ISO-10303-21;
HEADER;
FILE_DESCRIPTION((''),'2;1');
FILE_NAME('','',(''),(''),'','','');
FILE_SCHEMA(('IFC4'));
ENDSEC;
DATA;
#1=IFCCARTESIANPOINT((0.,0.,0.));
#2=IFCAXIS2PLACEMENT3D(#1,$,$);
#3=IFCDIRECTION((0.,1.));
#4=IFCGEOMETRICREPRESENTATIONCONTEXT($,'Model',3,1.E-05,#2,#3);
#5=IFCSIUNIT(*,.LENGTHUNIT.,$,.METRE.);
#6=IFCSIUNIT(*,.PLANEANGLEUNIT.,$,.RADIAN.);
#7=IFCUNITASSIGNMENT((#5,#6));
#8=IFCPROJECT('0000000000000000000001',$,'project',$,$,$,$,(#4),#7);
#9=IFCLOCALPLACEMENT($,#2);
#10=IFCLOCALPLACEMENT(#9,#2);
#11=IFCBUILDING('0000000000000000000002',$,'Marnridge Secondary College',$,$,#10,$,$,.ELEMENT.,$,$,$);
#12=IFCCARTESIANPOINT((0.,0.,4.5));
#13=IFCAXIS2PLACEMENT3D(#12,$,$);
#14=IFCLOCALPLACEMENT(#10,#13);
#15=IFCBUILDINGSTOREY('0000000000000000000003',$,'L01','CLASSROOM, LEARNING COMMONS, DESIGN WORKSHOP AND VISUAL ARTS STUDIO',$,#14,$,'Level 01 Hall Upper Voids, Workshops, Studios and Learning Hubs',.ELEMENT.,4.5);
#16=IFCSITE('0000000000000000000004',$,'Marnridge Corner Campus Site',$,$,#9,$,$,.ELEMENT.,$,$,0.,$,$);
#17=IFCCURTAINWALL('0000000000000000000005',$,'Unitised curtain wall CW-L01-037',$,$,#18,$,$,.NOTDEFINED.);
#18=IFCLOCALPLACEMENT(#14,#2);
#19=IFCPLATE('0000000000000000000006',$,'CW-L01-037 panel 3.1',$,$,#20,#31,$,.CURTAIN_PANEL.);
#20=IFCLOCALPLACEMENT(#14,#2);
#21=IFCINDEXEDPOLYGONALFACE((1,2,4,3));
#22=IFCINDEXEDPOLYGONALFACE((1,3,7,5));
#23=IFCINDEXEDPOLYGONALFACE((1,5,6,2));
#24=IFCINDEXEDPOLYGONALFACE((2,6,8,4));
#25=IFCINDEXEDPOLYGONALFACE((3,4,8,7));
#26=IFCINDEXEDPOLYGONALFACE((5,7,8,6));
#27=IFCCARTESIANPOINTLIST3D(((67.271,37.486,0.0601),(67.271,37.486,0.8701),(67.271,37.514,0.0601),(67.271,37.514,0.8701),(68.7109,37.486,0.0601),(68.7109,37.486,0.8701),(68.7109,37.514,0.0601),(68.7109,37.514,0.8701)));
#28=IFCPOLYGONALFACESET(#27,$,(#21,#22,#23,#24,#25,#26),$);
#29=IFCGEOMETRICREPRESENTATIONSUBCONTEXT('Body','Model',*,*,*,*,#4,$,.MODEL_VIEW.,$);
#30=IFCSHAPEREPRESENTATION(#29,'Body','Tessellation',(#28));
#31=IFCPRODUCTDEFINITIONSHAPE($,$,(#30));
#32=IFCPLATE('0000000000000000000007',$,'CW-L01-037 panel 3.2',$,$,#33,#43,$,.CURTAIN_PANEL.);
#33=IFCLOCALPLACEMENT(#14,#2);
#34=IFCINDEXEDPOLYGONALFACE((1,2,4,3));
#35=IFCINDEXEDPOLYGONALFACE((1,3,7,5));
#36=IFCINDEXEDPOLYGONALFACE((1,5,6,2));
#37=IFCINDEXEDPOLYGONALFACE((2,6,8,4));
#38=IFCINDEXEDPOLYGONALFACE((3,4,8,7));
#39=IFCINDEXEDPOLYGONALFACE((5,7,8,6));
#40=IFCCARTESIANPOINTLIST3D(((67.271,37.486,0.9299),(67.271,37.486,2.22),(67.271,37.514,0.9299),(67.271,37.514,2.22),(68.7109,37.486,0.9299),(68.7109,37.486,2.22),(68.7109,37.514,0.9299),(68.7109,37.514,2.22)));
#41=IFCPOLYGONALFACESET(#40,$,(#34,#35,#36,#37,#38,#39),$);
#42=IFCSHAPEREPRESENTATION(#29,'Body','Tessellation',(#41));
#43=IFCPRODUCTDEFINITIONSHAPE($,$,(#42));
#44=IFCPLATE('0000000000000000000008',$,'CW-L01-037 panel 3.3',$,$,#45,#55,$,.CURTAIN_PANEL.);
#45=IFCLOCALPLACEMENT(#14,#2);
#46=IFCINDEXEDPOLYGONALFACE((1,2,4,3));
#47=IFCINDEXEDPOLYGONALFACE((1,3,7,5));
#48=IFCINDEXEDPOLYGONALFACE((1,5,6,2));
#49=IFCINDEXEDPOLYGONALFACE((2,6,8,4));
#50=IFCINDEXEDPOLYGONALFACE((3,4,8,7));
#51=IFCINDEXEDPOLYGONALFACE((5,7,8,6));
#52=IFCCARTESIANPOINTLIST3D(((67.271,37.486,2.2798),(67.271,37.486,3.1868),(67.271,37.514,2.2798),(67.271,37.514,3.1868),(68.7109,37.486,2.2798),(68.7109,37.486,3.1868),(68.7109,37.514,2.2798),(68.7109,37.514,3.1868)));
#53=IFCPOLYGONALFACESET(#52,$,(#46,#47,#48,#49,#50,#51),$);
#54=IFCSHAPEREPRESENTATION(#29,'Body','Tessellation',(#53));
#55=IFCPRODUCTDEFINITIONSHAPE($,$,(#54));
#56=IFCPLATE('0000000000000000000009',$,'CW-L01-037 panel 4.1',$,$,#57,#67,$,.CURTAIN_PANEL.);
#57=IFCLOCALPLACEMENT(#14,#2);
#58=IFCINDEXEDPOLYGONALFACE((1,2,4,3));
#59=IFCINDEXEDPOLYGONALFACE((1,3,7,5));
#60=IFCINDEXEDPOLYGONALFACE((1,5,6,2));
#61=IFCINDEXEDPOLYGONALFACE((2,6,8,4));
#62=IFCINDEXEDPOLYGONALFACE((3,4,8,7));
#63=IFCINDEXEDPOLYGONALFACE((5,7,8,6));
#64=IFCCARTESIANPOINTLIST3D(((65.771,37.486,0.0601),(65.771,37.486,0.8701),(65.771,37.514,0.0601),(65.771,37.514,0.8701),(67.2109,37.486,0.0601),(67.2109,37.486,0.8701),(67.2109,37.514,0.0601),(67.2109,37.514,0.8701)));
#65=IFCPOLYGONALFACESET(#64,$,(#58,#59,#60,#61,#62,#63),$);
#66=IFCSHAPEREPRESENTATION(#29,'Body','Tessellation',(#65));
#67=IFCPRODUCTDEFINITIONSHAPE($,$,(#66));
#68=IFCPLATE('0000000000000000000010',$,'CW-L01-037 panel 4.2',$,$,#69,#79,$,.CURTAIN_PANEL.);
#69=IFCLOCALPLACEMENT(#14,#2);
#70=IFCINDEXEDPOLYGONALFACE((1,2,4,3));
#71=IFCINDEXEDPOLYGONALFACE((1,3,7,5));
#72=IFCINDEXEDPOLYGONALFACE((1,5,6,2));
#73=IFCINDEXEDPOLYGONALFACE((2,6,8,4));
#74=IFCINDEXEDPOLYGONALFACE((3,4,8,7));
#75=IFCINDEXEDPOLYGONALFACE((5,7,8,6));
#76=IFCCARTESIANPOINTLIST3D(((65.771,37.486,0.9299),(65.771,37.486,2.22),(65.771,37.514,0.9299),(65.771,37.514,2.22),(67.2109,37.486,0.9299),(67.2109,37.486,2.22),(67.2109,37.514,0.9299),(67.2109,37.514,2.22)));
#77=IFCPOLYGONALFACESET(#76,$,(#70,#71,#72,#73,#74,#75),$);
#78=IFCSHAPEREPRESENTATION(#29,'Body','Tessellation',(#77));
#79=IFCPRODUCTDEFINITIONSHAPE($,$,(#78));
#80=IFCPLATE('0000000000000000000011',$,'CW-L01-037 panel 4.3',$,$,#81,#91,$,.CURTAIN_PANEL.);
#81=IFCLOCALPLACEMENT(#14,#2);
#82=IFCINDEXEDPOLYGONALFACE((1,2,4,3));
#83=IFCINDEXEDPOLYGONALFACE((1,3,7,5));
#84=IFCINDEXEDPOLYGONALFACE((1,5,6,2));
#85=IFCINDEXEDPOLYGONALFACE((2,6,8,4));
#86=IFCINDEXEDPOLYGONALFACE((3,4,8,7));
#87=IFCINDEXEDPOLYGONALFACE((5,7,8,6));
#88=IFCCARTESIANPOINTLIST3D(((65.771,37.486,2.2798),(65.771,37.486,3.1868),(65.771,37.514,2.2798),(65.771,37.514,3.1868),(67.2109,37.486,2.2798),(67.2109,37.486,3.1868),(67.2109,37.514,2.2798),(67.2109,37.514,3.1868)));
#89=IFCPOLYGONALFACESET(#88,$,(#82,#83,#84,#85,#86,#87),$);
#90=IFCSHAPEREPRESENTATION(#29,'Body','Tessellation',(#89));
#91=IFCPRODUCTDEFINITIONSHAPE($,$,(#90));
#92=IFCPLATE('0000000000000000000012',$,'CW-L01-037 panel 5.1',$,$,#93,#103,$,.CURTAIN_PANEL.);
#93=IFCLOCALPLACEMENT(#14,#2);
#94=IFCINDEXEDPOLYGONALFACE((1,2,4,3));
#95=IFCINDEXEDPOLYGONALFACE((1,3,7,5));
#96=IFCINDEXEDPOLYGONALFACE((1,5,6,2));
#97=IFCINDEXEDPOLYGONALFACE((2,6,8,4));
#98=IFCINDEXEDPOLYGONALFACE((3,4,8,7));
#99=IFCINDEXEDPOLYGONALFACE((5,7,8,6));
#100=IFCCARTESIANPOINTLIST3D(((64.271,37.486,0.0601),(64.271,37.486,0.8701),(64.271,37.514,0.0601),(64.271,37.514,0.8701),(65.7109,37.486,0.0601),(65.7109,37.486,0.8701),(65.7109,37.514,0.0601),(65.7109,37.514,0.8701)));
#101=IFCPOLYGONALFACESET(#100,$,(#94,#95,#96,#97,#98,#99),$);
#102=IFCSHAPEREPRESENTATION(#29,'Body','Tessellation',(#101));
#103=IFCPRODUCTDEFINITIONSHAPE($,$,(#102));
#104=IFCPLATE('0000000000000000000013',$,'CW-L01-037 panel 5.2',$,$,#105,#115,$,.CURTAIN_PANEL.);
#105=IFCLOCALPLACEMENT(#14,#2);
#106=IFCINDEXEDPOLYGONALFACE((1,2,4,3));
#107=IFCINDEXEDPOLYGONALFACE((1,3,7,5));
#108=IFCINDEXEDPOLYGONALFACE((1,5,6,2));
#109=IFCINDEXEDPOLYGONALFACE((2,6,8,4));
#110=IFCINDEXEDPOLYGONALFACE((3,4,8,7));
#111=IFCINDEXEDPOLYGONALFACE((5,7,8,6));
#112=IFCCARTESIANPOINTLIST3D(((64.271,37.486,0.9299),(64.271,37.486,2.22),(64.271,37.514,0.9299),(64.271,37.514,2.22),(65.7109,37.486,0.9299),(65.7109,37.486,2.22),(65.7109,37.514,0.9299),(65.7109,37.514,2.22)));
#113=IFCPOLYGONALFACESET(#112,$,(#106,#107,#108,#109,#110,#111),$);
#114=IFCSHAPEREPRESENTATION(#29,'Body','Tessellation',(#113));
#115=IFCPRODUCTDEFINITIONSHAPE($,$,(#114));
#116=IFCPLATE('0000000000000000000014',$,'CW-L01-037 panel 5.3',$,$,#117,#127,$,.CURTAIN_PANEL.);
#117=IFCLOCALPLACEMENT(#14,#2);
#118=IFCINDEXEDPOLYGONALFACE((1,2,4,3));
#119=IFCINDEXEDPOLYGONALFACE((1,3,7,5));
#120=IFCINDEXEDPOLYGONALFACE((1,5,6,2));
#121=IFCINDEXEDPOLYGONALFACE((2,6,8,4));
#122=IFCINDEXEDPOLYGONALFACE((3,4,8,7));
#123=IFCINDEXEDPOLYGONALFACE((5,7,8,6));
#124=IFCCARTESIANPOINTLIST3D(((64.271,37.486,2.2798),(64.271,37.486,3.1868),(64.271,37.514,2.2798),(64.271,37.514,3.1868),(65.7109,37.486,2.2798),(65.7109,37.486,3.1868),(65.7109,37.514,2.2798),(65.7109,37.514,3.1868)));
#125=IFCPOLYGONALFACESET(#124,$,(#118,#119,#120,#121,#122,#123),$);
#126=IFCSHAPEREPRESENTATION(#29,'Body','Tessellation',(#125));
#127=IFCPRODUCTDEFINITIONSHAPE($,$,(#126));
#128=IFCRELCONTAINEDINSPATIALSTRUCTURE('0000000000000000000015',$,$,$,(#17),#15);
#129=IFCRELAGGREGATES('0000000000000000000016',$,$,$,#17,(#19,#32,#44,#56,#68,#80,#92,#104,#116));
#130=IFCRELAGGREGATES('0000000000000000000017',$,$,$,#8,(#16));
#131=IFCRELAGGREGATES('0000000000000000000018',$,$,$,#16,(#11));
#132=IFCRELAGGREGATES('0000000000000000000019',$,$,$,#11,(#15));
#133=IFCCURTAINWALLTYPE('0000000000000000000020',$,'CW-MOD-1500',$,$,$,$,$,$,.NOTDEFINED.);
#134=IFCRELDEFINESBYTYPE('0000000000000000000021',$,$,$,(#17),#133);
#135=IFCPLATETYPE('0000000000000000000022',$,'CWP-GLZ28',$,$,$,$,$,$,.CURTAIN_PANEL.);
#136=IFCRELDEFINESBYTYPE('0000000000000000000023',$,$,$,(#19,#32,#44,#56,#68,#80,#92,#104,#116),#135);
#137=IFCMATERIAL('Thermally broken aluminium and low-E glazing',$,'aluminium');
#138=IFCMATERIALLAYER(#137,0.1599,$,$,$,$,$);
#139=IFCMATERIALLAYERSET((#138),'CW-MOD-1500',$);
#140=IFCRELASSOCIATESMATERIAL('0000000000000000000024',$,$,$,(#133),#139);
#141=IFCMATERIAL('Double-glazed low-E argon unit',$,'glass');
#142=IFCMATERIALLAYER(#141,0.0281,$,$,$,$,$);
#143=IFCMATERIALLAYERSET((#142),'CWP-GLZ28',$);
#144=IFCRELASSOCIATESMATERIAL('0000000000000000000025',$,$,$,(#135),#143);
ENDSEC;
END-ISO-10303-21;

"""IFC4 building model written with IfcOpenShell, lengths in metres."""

from ifc_helpers import new_model, si_unit, direction, frame, origin, origin_2d, place, context, subcontext, project, spatial, rectangle, extrude, material, layer, layer_set, type_object, element, aggregate, save


model = new_model("IFC4")

# Units and contexts
model_context = context("Model", 3, precision=1e-05, world=origin(), true_north=direction((0.0, 1.0)))
body_context = subcontext(model_context, "Body", "Model", "MODEL_VIEW")
ifc_project = project(units=[si_unit("LENGTHUNIT", "METRE"), si_unit("PLANEANGLEUNIT", "RADIAN")], contexts=[model_context])

# Site, building, storey
site_placement = place(None, origin())
site = spatial("IfcSite", under=ifc_project, at=site_placement, Name="Marnridge Corner Campus Site", CompositionType="ELEMENT", RefElevation=0.0)
building_placement = place(site_placement, origin())
building = spatial("IfcBuilding", under=site, at=building_placement, Name="Marnridge Secondary College", CompositionType="ELEMENT")
storey_placement = place(building_placement, frame((0.0, 0.0, 4.5)))
storey = spatial("IfcBuildingStorey", under=building, at=storey_placement, Name="L01", Description="CLASSROOM, LEARNING COMMONS, DESIGN WORKSHOP AND VISUAL ARTS STUDIO", LongName="Level 01 Hall Upper Voids, Workshops, Studios and Learning Hubs", CompositionType="ELEMENT", Elevation=4.5)

# Curtain wall, plates
ifc_material_1 = material(Name="Thermally broken aluminium and low-E glazing", Category="aluminium")
ifc_layer_1 = layer(ifc_material_1, 0.1599)
ifc_layer_set_1 = layer_set([ifc_layer_1], Name="CW-MOD-1500")
curtain_wall_type = type_object("IfcCurtainWallType", Name="CW-MOD-1500", PredefinedType="NOTDEFINED", material=ifc_layer_set_1)
curtain_wall_placement = place(storey_placement, origin())
curtain_wall = element("IfcCurtainWall", 1, at=curtain_wall_placement, inside=storey, type_object=curtain_wall_type, Name="Unitised curtain wall CW-L01-037", PredefinedType="NOTDEFINED")
ifc_material_2 = material(Name="Double-glazed low-E argon unit", Category="glass")
ifc_layer_2 = layer(ifc_material_2, 0.0281)
ifc_layer_set_2 = layer_set([ifc_layer_2], Name="CWP-GLZ28")
plate_type = type_object("IfcPlateType", Name="CWP-GLZ28", PredefinedType="CURTAIN_PANEL", material=ifc_layer_set_2)
plate_1_placement = place(storey_placement, frame((67.991, 37.5, 0.0601), z_axis=(0.0, 0.0, 1.0), x_axis=(-1.0, 0.0, 0.0)))
plate_1 = element("IfcPlate", 2, at=plate_1_placement, type_object=plate_type, Name="CW-L01-037 panel 3.1", PredefinedType="CURTAIN_PANEL", context=body_context, shape_type="SweptSolid", body=[
    extrude(rectangle(XDim=1.4399, YDim=0.0281, at=origin_2d()), origin(), (0.0, 0.0, 1.0), 0.8101),
])
plate_2_placement = place(storey_placement, frame((67.991, 37.5, 0.9299), z_axis=(0.0, 0.0, 1.0), x_axis=(-1.0, 0.0, 0.0)))
plate_2 = element("IfcPlate", 3, at=plate_2_placement, type_object=plate_type, Name="CW-L01-037 panel 3.2", PredefinedType="CURTAIN_PANEL", context=body_context, shape_type="SweptSolid", body=[
    extrude(rectangle(XDim=1.4399, YDim=0.0281, at=origin_2d()), origin(), (0.0, 0.0, 1.0), 1.29),
])
plate_3_placement = place(storey_placement, frame((67.991, 37.5, 2.2798), z_axis=(0.0, 0.0, 1.0), x_axis=(-1.0, 0.0, 0.0)))
plate_3 = element("IfcPlate", 4, at=plate_3_placement, type_object=plate_type, Name="CW-L01-037 panel 3.3", PredefinedType="CURTAIN_PANEL", context=body_context, shape_type="SweptSolid", body=[
    extrude(rectangle(XDim=1.4399, YDim=0.0281, at=origin_2d()), origin(), (0.0, 0.0, 1.0), 0.907),
])
plate_4_placement = place(storey_placement, frame((66.491, 37.5, 0.0601), z_axis=(0.0, 0.0, 1.0), x_axis=(-1.0, 0.0, 0.0)))
plate_4 = element("IfcPlate", 5, at=plate_4_placement, type_object=plate_type, Name="CW-L01-037 panel 4.1", PredefinedType="CURTAIN_PANEL", context=body_context, shape_type="SweptSolid", body=[
    extrude(rectangle(XDim=1.4399, YDim=0.0281, at=origin_2d()), origin(), (0.0, 0.0, 1.0), 0.8101),
])
plate_5_placement = place(storey_placement, frame((66.491, 37.5, 0.9299), z_axis=(0.0, 0.0, 1.0), x_axis=(-1.0, 0.0, 0.0)))
plate_5 = element("IfcPlate", 6, at=plate_5_placement, type_object=plate_type, Name="CW-L01-037 panel 4.2", PredefinedType="CURTAIN_PANEL", context=body_context, shape_type="SweptSolid", body=[
    extrude(rectangle(XDim=1.4399, YDim=0.0281, at=origin_2d()), origin(), (0.0, 0.0, 1.0), 1.29),
])
plate_6_placement = place(storey_placement, frame((66.491, 37.5, 2.2798), z_axis=(0.0, 0.0, 1.0), x_axis=(-1.0, 0.0, 0.0)))
plate_6 = element("IfcPlate", 7, at=plate_6_placement, type_object=plate_type, Name="CW-L01-037 panel 4.3", PredefinedType="CURTAIN_PANEL", context=body_context, shape_type="SweptSolid", body=[
    extrude(rectangle(XDim=1.4399, YDim=0.0281, at=origin_2d()), origin(), (0.0, 0.0, 1.0), 0.907),
])
plate_7_placement = place(storey_placement, frame((64.991, 37.5, 0.0601), z_axis=(0.0, 0.0, 1.0), x_axis=(-1.0, 0.0, 0.0)))
plate_7 = element("IfcPlate", 8, at=plate_7_placement, type_object=plate_type, Name="CW-L01-037 panel 5.1", PredefinedType="CURTAIN_PANEL", context=body_context, shape_type="SweptSolid", body=[
    extrude(rectangle(XDim=1.4399, YDim=0.0281, at=origin_2d()), origin(), (0.0, 0.0, 1.0), 0.8101),
])
plate_8_placement = place(storey_placement, frame((64.991, 37.5, 0.9299), z_axis=(0.0, 0.0, 1.0), x_axis=(-1.0, 0.0, 0.0)))
plate_8 = element("IfcPlate", 9, at=plate_8_placement, type_object=plate_type, Name="CW-L01-037 panel 5.2", PredefinedType="CURTAIN_PANEL", context=body_context, shape_type="SweptSolid", body=[
    extrude(rectangle(XDim=1.4399, YDim=0.0281, at=origin_2d()), origin(), (0.0, 0.0, 1.0), 1.29),
])
plate_9_placement = place(storey_placement, frame((64.991, 37.5, 2.2798), z_axis=(0.0, 0.0, 1.0), x_axis=(-1.0, 0.0, 0.0)))
plate_9 = element("IfcPlate", 10, at=plate_9_placement, type_object=plate_type, Name="CW-L01-037 panel 5.3", PredefinedType="CURTAIN_PANEL", context=body_context, shape_type="SweptSolid", body=[
    extrude(rectangle(XDim=1.4399, YDim=0.0281, at=origin_2d()), origin(), (0.0, 0.0, 1.0), 0.907),
])
aggregate(curtain_wall, [plate_1, plate_2, plate_3, plate_4, plate_5, plate_6, plate_7, plate_8, plate_9])

save(model, "model.ifc")
